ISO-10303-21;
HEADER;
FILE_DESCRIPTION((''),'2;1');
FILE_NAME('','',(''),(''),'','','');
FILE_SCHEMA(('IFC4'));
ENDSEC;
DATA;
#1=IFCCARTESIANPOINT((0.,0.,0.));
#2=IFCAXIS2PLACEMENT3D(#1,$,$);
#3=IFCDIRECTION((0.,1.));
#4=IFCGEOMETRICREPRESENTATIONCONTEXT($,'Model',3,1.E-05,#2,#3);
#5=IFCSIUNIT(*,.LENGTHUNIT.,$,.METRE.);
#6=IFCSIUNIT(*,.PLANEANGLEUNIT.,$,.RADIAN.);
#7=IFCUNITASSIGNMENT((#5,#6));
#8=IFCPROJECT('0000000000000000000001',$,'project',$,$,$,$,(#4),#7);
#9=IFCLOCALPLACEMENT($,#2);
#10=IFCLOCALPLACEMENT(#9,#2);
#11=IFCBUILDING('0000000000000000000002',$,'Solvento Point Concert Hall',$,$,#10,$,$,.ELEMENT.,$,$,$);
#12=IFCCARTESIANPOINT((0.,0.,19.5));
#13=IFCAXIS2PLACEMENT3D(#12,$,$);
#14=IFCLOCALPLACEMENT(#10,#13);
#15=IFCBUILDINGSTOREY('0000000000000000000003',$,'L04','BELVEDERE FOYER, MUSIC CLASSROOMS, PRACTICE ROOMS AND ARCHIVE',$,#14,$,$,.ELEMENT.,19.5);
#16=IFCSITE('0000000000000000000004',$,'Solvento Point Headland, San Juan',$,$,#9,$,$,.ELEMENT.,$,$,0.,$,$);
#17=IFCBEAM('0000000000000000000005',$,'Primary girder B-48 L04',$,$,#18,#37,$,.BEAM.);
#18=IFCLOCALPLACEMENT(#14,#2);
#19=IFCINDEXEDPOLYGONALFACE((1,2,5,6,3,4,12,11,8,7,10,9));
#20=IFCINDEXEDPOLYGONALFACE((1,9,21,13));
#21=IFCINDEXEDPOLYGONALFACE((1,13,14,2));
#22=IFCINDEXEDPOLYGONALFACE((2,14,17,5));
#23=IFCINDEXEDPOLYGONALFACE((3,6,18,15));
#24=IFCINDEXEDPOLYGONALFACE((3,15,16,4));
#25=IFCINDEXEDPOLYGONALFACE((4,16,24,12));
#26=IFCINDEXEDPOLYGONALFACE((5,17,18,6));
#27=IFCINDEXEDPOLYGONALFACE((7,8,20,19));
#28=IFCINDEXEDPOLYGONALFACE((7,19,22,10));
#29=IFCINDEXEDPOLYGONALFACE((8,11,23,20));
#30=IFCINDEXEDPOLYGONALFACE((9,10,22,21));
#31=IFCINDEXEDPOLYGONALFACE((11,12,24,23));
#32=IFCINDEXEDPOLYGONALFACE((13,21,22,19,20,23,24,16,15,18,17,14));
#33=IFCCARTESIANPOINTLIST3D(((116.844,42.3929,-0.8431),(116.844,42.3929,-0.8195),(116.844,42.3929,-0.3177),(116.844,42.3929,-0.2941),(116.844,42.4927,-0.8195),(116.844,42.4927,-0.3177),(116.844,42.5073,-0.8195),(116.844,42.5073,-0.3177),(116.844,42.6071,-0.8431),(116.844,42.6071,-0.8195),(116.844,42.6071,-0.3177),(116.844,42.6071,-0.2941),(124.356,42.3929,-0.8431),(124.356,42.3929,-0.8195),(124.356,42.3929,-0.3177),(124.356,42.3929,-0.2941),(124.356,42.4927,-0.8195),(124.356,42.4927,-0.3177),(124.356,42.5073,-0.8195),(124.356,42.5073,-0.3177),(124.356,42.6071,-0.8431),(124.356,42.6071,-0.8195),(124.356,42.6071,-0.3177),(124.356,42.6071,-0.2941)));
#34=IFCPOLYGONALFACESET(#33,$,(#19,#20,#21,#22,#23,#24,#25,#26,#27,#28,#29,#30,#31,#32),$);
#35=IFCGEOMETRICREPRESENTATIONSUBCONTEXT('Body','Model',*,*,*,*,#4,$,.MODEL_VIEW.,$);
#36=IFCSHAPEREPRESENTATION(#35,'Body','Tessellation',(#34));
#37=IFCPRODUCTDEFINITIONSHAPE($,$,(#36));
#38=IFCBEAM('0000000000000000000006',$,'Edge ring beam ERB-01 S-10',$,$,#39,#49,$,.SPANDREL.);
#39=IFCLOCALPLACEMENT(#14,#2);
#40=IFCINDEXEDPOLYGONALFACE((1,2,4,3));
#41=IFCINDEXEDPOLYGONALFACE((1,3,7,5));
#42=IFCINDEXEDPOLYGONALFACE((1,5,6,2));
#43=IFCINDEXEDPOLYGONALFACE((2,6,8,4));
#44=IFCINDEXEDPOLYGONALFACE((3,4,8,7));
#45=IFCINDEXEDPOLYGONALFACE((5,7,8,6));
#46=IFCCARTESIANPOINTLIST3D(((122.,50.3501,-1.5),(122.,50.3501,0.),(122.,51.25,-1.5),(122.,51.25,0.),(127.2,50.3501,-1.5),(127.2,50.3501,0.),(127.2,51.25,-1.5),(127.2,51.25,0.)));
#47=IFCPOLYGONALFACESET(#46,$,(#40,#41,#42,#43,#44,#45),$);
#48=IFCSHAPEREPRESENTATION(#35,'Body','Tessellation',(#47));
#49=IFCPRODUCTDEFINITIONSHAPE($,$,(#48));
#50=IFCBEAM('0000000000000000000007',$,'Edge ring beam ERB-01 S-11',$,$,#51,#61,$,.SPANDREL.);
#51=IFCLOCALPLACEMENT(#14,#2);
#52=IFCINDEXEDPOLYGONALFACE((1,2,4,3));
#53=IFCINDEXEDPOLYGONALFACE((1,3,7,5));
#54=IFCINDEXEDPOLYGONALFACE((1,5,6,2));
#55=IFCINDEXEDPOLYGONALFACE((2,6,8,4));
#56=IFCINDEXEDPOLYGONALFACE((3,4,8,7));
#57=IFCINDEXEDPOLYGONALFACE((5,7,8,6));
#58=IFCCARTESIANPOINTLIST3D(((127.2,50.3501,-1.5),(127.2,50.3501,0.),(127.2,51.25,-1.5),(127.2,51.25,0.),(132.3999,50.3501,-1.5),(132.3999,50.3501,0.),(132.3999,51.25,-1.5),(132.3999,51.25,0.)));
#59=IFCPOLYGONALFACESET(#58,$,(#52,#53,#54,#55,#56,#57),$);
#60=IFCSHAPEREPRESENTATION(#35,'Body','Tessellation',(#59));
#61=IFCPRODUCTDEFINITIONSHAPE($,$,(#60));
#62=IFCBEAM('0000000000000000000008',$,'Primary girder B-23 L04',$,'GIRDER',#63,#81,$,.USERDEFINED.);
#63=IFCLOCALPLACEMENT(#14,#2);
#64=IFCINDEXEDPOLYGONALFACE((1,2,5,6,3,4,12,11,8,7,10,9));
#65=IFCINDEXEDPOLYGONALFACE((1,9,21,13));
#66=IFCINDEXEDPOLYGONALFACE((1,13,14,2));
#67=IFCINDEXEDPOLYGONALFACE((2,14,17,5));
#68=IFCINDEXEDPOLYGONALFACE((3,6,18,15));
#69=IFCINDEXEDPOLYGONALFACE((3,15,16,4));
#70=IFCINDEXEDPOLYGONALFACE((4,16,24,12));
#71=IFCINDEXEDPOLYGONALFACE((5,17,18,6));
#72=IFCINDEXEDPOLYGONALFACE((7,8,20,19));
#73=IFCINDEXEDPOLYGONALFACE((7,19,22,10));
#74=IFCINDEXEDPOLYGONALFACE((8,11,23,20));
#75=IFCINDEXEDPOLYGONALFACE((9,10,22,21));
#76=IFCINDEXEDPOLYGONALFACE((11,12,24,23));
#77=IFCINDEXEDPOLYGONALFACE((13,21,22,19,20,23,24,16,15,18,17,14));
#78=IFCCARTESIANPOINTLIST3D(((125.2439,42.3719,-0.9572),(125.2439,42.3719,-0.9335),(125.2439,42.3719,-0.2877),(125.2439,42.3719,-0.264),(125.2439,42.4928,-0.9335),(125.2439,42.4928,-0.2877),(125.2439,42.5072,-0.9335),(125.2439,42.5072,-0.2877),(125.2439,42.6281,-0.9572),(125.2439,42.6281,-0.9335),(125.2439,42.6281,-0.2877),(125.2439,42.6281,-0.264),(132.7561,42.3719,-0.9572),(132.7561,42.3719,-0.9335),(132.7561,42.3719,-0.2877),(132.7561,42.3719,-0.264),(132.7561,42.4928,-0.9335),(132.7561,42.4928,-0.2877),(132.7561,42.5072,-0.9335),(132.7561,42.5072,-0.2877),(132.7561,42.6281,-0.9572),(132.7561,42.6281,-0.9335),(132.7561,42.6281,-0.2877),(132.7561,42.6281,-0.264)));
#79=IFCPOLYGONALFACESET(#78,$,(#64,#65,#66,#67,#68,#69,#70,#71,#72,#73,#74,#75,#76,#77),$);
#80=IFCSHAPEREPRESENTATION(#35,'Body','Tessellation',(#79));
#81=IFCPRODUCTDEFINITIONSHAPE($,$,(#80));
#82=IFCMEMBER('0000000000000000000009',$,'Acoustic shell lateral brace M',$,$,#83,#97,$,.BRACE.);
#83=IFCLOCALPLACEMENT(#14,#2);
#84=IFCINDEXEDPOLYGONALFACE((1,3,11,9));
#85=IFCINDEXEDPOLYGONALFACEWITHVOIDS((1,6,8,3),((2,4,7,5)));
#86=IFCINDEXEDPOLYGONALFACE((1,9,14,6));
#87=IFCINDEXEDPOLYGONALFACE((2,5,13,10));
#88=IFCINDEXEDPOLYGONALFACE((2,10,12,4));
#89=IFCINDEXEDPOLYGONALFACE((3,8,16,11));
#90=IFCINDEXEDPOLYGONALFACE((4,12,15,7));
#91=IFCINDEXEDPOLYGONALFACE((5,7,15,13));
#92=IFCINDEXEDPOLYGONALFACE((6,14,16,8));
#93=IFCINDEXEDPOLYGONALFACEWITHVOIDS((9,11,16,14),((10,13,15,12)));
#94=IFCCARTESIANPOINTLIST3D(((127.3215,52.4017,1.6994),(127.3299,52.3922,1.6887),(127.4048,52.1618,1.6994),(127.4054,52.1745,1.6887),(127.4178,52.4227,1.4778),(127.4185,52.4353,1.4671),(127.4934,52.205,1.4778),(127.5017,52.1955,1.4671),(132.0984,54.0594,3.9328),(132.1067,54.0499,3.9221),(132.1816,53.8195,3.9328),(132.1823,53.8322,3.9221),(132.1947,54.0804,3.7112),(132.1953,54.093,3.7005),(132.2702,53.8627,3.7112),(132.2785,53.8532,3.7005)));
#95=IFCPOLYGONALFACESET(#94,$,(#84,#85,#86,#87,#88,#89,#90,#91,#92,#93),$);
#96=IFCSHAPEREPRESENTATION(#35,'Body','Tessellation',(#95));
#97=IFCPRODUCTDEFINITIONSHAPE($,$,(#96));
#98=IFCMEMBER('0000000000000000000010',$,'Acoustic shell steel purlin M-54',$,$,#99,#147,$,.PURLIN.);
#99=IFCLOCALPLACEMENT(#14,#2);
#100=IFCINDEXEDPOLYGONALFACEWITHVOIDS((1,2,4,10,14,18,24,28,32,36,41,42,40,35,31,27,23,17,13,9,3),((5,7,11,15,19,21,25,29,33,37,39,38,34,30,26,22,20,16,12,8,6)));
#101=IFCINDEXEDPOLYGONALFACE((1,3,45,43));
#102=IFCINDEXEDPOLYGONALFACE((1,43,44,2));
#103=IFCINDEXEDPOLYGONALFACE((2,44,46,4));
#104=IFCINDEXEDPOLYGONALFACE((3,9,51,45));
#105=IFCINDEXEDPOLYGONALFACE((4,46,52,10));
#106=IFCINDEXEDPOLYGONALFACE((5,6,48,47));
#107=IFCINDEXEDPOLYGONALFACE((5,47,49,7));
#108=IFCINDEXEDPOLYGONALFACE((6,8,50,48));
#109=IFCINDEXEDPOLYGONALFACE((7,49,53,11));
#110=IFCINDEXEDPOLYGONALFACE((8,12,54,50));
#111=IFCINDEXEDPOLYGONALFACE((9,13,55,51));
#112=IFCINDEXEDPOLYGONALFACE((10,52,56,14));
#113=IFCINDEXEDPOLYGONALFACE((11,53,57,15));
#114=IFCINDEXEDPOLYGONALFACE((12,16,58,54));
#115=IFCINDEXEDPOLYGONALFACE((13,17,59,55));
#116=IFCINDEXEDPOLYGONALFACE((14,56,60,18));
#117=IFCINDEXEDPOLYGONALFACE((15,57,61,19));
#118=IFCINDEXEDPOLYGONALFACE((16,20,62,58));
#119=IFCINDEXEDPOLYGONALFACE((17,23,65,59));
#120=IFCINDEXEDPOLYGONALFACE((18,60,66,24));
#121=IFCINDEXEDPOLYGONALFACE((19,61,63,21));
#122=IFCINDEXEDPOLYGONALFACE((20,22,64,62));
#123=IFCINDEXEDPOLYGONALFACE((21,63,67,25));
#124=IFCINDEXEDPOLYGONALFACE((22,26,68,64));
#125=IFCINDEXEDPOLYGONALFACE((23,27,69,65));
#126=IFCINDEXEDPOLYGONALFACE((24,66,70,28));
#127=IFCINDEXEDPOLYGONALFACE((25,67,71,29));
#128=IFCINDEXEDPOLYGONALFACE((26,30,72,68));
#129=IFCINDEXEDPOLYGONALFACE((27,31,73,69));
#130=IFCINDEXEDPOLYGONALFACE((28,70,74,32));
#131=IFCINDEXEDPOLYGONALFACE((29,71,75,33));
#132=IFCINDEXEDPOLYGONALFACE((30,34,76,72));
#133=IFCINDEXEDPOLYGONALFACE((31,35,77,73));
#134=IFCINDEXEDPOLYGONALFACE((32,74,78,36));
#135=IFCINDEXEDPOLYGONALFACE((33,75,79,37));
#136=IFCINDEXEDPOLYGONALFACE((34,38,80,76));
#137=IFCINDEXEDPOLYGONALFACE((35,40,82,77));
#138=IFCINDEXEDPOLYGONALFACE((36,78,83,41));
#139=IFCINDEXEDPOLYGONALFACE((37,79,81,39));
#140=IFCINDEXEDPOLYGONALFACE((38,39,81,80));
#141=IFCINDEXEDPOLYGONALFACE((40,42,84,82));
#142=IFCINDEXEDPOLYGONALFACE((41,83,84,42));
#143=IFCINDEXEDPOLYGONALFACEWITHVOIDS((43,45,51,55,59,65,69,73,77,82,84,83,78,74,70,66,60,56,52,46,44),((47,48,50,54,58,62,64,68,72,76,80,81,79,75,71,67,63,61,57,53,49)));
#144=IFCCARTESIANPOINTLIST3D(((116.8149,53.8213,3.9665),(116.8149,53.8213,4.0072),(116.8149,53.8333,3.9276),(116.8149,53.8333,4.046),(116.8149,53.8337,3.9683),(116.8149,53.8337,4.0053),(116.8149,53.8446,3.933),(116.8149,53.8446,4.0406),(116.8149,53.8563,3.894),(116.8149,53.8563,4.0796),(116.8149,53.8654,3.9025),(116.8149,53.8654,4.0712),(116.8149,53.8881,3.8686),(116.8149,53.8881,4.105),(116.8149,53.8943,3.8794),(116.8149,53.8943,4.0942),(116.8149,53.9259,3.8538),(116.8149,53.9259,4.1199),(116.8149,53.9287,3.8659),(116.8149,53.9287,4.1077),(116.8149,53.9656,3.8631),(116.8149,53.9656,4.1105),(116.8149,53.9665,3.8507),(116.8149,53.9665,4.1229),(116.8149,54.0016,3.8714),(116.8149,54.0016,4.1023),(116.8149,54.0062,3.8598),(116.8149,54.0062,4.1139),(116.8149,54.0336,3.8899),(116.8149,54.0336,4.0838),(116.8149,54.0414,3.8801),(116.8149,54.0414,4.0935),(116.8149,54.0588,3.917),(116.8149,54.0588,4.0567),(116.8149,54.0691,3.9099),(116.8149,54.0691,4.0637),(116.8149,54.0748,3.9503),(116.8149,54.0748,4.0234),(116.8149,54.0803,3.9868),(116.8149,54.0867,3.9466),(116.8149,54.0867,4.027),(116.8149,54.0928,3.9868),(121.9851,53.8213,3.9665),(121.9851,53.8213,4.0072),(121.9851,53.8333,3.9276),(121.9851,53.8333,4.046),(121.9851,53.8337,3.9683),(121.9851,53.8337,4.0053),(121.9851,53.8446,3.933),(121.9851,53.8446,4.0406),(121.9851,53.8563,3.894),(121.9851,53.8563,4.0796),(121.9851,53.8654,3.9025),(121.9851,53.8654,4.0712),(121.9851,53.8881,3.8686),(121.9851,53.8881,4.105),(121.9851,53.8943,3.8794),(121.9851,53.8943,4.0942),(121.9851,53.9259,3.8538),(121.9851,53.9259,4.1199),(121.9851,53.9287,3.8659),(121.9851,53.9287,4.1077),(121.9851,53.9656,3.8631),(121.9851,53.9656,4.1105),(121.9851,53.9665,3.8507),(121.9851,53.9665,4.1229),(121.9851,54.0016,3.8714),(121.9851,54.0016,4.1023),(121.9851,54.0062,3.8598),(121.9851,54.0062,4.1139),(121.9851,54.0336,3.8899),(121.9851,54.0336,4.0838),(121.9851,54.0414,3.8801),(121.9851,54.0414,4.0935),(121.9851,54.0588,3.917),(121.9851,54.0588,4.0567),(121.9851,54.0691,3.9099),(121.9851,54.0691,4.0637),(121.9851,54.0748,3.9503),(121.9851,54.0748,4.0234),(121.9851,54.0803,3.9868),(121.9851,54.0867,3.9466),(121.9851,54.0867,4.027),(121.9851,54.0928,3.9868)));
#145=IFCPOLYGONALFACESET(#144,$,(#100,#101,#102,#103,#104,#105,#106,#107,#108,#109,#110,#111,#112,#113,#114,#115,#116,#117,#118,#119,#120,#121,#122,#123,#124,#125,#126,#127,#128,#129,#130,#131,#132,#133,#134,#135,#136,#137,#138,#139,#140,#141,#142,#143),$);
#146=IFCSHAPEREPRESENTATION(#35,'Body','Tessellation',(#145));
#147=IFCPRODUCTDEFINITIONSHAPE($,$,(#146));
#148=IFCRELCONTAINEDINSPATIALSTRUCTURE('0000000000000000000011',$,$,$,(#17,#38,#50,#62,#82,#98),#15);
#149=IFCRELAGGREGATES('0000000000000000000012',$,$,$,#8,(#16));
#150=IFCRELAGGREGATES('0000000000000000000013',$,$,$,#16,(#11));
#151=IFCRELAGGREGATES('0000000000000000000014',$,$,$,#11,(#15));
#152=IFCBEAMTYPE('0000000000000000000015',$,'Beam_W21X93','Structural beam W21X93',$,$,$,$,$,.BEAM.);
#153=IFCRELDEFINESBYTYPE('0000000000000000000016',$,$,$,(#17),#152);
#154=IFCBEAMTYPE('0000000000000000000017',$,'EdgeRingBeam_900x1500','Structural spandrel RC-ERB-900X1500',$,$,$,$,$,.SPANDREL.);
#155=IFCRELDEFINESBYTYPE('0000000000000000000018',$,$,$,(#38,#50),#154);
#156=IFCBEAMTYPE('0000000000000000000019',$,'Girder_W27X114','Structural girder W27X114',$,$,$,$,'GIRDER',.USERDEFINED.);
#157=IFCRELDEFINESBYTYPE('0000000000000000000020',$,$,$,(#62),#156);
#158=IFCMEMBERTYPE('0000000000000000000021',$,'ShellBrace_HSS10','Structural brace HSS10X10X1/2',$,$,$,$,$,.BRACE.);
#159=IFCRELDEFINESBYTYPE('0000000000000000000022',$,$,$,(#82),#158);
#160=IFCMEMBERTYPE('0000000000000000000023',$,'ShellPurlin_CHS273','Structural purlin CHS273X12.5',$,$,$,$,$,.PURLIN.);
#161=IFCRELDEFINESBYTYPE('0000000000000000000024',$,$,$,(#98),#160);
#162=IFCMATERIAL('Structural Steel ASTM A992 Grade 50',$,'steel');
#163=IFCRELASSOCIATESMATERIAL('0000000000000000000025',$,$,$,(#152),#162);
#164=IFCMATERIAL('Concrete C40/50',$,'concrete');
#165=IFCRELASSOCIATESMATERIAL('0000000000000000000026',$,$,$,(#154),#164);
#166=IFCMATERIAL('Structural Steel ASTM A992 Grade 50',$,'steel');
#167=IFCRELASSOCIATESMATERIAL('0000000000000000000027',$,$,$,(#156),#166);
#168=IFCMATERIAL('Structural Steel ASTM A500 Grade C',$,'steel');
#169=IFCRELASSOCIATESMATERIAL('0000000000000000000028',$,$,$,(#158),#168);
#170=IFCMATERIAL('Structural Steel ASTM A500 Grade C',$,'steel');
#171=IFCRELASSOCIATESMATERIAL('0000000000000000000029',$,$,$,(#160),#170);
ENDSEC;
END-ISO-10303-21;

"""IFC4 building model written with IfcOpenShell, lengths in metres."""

from ifc_helpers import new_model, si_unit, direction, frame, origin, origin_2d, place, context, subcontext, project, spatial, rectangle, hollow_rectangle, hollow_circle, i_section, extrude, material, material_profile, profile_set, type_object, element, save


model = new_model("IFC4")

# Units and contexts
model_context = context("Model", 3, precision=1e-05, world=origin(), true_north=direction((0.0, 1.0)))
body_context = subcontext(model_context, "Body", "Model", "MODEL_VIEW")
ifc_project = project(units=[si_unit("LENGTHUNIT", "METRE"), si_unit("PLANEANGLEUNIT", "RADIAN")], contexts=[model_context])

# Site, building, storey
site_placement = place(None, origin())
site = spatial("IfcSite", under=ifc_project, at=site_placement, Name="Solvento Point Headland, San Juan", CompositionType="ELEMENT", RefElevation=0.0)
building_placement = place(site_placement, origin())
building = spatial("IfcBuilding", under=site, at=building_placement, Name="Solvento Point Concert Hall", CompositionType="ELEMENT")
storey_placement = place(building_placement, frame((0.0, 0.0, 19.5)))
storey = spatial("IfcBuildingStorey", under=building, at=storey_placement, Name="L04", Description="BELVEDERE FOYER, MUSIC CLASSROOMS, PRACTICE ROOMS AND ARCHIVE", CompositionType="ELEMENT", Elevation=19.5)

# Beams
ifc_material_1 = material(Name="Structural Steel ASTM A992 Grade 50", Category="steel")
ifc_material_profile_1 = material_profile(ifc_material_1, i_section(OverallWidth=0.2141, OverallDepth=0.5491, WebThickness=0.0146, FlangeThickness=0.0237, at=origin_2d()), Name="W21X93")
ifc_profile_set_1 = profile_set([ifc_material_profile_1], Name="Structural Steel ASTM A992 Grade 50")
beam_type_1 = type_object("IfcBeamType", Name="Beam_W21X93", Description="Structural beam W21X93", PredefinedType="BEAM", material=ifc_profile_set_1)
beam_1_placement = place(storey_placement, frame((116.844, 42.5, -0.5686), z_axis=(1.0, 0.0, 0.0), x_axis=(0.0, 1.0, 0.0)))
element("IfcBeam", 1, at=beam_1_placement, inside=storey, type_object=beam_type_1, Name="Primary girder B-48 L04", PredefinedType="BEAM", context=body_context, shape_type="SweptSolid", body=[
    extrude(i_section(OverallWidth=0.2141, OverallDepth=0.5491, WebThickness=0.0146, FlangeThickness=0.0237, at=origin_2d()), origin(), (0.0, 0.0, 1.0), 7.512),
])
ifc_material_2 = material(Name="Concrete C40/50", Category="concrete")
ifc_material_profile_2 = material_profile(ifc_material_2, rectangle(XDim=0.8999, YDim=1.5, at=origin_2d()), Name="RC-ERB-900X1500")
ifc_profile_set_2 = profile_set([ifc_material_profile_2], Name="Concrete C40/50")
beam_type_2 = type_object("IfcBeamType", Name="EdgeRingBeam_900x1500", Description="Structural spandrel RC-ERB-900X1500", PredefinedType="SPANDREL", material=ifc_profile_set_2)
for number, where, z_axis, x_axis, name in (
    (2, (122.0, 50.8, -0.75), (1.0, 0.0, 0.0), (0.0, 1.0, 0.0), "Edge ring beam ERB-01 S-10"),
    (3, (127.2, 50.8, -0.75), (1.0, 0.0, 0.0), (0.0, 1.0, 0.0), "Edge ring beam ERB-01 S-11"),
):
    element("IfcBeam", number, at=place(storey_placement, frame(where, z_axis=z_axis, x_axis=x_axis)), inside=storey, type_object=beam_type_2, Name=name, PredefinedType="SPANDREL", context=body_context, shape_type="SweptSolid", body=[
        extrude(rectangle(XDim=0.8999, YDim=1.5, at=origin_2d()), origin(), (0.0, 0.0, 1.0), 5.2),
    ])
ifc_material_3 = material(Name="Structural Steel ASTM A992 Grade 50", Category="steel")
ifc_material_profile_3 = material_profile(ifc_material_3, i_section(OverallWidth=0.2561, OverallDepth=0.6931, WebThickness=0.0144, FlangeThickness=0.0237, at=origin_2d()), Name="W27X114")
ifc_profile_set_3 = profile_set([ifc_material_profile_3], Name="Structural Steel ASTM A992 Grade 50")
beam_type_3 = type_object("IfcBeamType", Name="Girder_W27X114", Description="Structural girder W27X114", ElementType="GIRDER", PredefinedType="USERDEFINED", material=ifc_profile_set_3)
beam_2_placement = place(storey_placement, frame((125.2439, 42.5, -0.6106), z_axis=(1.0, 0.0, 0.0), x_axis=(0.0, 1.0, 0.0)))
element("IfcBeam", 4, at=beam_2_placement, inside=storey, type_object=beam_type_3, Name="Primary girder B-23 L04", ObjectType="GIRDER", PredefinedType="USERDEFINED", context=body_context, shape_type="SweptSolid", body=[
    extrude(i_section(OverallWidth=0.2561, OverallDepth=0.6931, WebThickness=0.0144, FlangeThickness=0.0237, at=origin_2d()), origin(), (0.0, 0.0, 1.0), 7.5122),
])

# Members
ifc_material_4 = material(Name="Structural Steel ASTM A500 Grade C", Category="steel")
ifc_material_profile_4 = material_profile(ifc_material_4, hollow_rectangle(XDim=0.2539, YDim=0.2539, WallThickness=0.0117, at=origin_2d()), Name="HSS10X10X1/2")
ifc_profile_set_4 = profile_set([ifc_material_profile_4], Name="Structural Steel ASTM A500 Grade C")
member_type_1 = type_object("IfcMemberType", Name="ShellBrace_HSS10", Description="Structural brace HSS10X10X1/2", PredefinedType="BRACE", material=ifc_profile_set_4)
member_1_placement = place(storey_placement, frame((127.4116, 52.2986, 1.5833), z_axis=(0.864182, 0.299897, 0.404044), x_axis=(-0.32785, 0.94473, 0.0)))
element("IfcMember", 5, at=member_1_placement, inside=storey, type_object=member_type_1, Name="Acoustic shell lateral brace M", PredefinedType="BRACE", context=body_context, shape_type="SweptSolid", body=[
    extrude(hollow_rectangle(XDim=0.2539, YDim=0.2539, WallThickness=0.0117, at=origin_2d()), origin(), (0.0, 0.0, 1.0), 5.5276),
])
ifc_material_5 = material(Name="Structural Steel ASTM A500 Grade C", Category="steel")
ifc_material_profile_5 = material_profile(ifc_material_5, hollow_circle(Radius=0.1365, WallThickness=0.0125, at=origin_2d()), Name="CHS273X12.5")
ifc_profile_set_5 = profile_set([ifc_material_profile_5], Name="Structural Steel ASTM A500 Grade C")
member_type_2 = type_object("IfcMemberType", Name="ShellPurlin_CHS273", Description="Structural purlin CHS273X12.5", PredefinedType="PURLIN", material=ifc_profile_set_5)
for number, where, z_axis, x_axis, name in (
    (6, (116.8149, 53.9563, 3.9868), (1.0, 0.0, 0.0), (0.0, 1.0, 0.0), "Acoustic shell steel purlin M-54"),
):
    element("IfcMember", number, at=place(storey_placement, frame(where, z_axis=z_axis, x_axis=x_axis)), inside=storey, type_object=member_type_2, Name=name, PredefinedType="PURLIN", context=body_context, shape_type="SweptSolid", body=[
        extrude(hollow_circle(Radius=0.1365, WallThickness=0.0125, at=origin_2d()), origin(), (0.0, 0.0, 1.0), 5.1702),
    ])

save(model, "model.ifc")
